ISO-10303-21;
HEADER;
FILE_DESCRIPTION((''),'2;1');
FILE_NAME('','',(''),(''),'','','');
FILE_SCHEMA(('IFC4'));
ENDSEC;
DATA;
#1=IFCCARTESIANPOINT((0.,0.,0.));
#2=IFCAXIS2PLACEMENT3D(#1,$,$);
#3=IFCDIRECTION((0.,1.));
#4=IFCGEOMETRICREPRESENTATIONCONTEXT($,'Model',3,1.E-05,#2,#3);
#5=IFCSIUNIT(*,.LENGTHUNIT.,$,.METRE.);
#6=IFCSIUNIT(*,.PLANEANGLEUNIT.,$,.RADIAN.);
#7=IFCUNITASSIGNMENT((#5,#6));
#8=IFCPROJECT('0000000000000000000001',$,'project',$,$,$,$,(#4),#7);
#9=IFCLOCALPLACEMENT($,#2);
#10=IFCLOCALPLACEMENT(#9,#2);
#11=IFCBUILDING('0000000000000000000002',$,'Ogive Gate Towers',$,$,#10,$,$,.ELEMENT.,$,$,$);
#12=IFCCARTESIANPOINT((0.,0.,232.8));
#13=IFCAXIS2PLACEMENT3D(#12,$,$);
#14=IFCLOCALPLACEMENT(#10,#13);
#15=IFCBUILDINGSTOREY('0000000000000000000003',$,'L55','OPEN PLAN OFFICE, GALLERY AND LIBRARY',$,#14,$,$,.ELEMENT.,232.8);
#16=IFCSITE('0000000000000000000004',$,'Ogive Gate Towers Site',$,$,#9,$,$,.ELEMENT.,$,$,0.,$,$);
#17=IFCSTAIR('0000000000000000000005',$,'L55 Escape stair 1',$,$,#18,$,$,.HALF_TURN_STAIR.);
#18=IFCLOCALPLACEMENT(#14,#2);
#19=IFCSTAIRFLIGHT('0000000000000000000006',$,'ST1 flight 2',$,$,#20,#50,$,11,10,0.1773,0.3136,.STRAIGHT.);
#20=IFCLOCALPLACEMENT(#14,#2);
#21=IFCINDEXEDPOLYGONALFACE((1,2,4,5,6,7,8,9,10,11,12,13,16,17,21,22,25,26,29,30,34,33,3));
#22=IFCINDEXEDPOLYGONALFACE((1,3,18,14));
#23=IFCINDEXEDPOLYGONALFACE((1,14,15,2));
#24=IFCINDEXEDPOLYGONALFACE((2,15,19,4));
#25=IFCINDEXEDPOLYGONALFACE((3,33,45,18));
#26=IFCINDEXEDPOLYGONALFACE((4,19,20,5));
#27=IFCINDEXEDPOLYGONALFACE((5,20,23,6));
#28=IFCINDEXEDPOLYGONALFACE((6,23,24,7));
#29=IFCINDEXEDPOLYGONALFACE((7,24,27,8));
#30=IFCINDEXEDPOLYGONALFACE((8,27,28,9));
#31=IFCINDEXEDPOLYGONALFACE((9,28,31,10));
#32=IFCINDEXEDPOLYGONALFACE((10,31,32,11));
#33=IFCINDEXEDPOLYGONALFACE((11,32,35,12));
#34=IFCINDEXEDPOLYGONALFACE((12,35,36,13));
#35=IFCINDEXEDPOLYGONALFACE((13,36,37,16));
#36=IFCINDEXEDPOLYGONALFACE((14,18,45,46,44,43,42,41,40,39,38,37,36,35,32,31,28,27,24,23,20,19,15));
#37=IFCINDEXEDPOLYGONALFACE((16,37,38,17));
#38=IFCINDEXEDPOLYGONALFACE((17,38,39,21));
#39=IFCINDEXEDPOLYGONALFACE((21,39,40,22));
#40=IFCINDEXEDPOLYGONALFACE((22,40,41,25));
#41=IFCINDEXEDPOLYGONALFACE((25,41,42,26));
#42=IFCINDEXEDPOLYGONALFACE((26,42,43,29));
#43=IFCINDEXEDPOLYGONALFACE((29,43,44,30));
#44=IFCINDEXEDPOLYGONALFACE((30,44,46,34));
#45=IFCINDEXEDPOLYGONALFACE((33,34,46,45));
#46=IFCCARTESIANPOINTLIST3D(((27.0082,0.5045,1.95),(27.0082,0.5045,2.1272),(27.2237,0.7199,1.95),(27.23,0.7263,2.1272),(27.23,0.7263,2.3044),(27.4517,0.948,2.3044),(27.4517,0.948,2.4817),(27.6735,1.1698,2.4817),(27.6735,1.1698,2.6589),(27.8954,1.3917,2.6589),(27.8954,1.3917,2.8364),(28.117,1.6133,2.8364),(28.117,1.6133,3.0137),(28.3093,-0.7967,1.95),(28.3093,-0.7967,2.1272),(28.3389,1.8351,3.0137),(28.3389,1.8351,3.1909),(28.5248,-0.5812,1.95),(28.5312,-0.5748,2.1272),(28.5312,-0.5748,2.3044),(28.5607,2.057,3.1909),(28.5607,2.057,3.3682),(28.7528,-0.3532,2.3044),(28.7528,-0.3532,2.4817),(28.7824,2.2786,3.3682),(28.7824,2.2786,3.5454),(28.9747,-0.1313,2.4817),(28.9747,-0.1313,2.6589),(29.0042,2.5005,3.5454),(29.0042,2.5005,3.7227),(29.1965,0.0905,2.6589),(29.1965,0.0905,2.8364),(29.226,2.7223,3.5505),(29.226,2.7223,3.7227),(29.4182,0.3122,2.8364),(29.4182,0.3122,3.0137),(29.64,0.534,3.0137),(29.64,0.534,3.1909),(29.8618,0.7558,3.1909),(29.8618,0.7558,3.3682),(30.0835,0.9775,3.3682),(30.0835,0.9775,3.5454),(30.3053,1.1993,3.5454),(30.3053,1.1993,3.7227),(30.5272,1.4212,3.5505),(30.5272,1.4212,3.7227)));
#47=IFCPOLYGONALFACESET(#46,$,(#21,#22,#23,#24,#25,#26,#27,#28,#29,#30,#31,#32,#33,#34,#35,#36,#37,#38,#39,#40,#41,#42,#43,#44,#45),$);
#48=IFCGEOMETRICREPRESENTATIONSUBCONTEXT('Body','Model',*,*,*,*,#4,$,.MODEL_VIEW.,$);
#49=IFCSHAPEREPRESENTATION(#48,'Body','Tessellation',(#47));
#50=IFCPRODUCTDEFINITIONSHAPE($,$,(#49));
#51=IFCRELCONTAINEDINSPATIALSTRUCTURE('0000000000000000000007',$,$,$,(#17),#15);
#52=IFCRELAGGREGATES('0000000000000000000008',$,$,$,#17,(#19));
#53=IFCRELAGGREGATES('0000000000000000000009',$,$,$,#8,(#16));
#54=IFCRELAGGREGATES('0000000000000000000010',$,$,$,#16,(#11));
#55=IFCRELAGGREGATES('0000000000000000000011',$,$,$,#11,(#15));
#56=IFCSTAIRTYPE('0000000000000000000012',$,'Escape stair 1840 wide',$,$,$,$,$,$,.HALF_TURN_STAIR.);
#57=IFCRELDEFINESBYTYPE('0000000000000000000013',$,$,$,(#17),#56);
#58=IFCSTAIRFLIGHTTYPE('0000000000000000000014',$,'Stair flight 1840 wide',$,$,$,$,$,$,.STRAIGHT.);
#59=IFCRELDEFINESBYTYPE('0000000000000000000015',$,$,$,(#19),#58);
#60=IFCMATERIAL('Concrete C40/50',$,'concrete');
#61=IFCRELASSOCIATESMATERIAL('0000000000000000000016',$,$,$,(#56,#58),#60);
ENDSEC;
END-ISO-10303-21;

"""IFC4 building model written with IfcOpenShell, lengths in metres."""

from ifc_helpers import new_model, si_unit, direction, frame, origin, place, context, subcontext, project, spatial, polyline, outline, extrude, material, type_object, element, aggregate, save


model = new_model("IFC4")

# Units and contexts
model_context = context("Model", 3, precision=1e-05, world=origin(), true_north=direction((0.0, 1.0)))
body_context = subcontext(model_context, "Body", "Model", "MODEL_VIEW")
ifc_project = project(units=[si_unit("LENGTHUNIT", "METRE"), si_unit("PLANEANGLEUNIT", "RADIAN")], contexts=[model_context])

# Site, building, storey
site_placement = place(None, origin())
site = spatial("IfcSite", under=ifc_project, at=site_placement, Name="Ogive Gate Towers Site", CompositionType="ELEMENT", RefElevation=0.0)
building_placement = place(site_placement, origin())
building = spatial("IfcBuilding", under=site, at=building_placement, Name="Ogive Gate Towers", CompositionType="ELEMENT")
storey_placement = place(building_placement, frame((0.0, 0.0, 232.8)))
storey = spatial("IfcBuildingStorey", under=building, at=storey_placement, Name="L55", Description="OPEN PLAN OFFICE, GALLERY AND LIBRARY", CompositionType="ELEMENT", Elevation=232.8)

# Stair
ifc_material_1 = material(Name="Concrete C40/50", Category="concrete")
stair_type = type_object("IfcStairType", Name="Escape stair 1840 wide", PredefinedType="HALF_TURN_STAIR", material=ifc_material_1)
stair_1_placement = place(storey_placement, origin())
stair_1 = element("IfcStair", 1, at=stair_1_placement, inside=storey, type_object=stair_type, Name="L55 Escape stair 1", PredefinedType="HALF_TURN_STAIR")

# Stair flight
stair_flight_type = type_object("IfcStairFlightType", Name="Stair flight 1840 wide", PredefinedType="STRAIGHT", material=ifc_material_1)
stair_flight_placement = place(storey_placement, frame((27.6587, -0.146, 1.95), z_axis=(0.0, 0.0, 1.0), x_axis=(0.707107, 0.707107, 0.0)))
stair_flight = element("IfcStairFlight", 2, at=stair_flight_placement, type_object=stair_flight_type, Name="ST1 flight 2", NumberOfRisers=11, NumberOfTreads=10, PredefinedType="STRAIGHT", RiserHeight=0.1773, TreadLength=0.3136, context=body_context, shape_type="SweptSolid", body=[
    extrude(outline(polyline([(0.0, 0.0), (0.0, 0.1772), (0.3137, 0.1772), (0.3137, 0.3545), (0.6272, 0.3545), (0.6272, 0.5317), (0.9409, 0.5317), (0.9409, 0.709), (1.2546, 0.709), (1.2546, 0.8865), (1.5681, 0.8865), (1.5681, 1.0637), (1.8818, 1.0637), (1.8818, 1.241), (2.1956, 1.241), (2.1956, 1.4182), (2.509, 1.4182), (2.509, 1.5955), (2.8228, 1.5955), (2.8228, 1.7727), (3.1365, 1.7727), (3.1365, 1.95), (3.1365, 1.6006), (0.3047, 0.0), (0.0, 0.0)])), frame((0.0, 0.9199, 0.0), z_axis=(0.0, -1.0, 0.0), x_axis=(1.0, 0.0, 0.0)), (0.0, 0.0, 1.0), 1.8401),
])
aggregate(stair_1, [stair_flight])

save(model, "model.ifc")
